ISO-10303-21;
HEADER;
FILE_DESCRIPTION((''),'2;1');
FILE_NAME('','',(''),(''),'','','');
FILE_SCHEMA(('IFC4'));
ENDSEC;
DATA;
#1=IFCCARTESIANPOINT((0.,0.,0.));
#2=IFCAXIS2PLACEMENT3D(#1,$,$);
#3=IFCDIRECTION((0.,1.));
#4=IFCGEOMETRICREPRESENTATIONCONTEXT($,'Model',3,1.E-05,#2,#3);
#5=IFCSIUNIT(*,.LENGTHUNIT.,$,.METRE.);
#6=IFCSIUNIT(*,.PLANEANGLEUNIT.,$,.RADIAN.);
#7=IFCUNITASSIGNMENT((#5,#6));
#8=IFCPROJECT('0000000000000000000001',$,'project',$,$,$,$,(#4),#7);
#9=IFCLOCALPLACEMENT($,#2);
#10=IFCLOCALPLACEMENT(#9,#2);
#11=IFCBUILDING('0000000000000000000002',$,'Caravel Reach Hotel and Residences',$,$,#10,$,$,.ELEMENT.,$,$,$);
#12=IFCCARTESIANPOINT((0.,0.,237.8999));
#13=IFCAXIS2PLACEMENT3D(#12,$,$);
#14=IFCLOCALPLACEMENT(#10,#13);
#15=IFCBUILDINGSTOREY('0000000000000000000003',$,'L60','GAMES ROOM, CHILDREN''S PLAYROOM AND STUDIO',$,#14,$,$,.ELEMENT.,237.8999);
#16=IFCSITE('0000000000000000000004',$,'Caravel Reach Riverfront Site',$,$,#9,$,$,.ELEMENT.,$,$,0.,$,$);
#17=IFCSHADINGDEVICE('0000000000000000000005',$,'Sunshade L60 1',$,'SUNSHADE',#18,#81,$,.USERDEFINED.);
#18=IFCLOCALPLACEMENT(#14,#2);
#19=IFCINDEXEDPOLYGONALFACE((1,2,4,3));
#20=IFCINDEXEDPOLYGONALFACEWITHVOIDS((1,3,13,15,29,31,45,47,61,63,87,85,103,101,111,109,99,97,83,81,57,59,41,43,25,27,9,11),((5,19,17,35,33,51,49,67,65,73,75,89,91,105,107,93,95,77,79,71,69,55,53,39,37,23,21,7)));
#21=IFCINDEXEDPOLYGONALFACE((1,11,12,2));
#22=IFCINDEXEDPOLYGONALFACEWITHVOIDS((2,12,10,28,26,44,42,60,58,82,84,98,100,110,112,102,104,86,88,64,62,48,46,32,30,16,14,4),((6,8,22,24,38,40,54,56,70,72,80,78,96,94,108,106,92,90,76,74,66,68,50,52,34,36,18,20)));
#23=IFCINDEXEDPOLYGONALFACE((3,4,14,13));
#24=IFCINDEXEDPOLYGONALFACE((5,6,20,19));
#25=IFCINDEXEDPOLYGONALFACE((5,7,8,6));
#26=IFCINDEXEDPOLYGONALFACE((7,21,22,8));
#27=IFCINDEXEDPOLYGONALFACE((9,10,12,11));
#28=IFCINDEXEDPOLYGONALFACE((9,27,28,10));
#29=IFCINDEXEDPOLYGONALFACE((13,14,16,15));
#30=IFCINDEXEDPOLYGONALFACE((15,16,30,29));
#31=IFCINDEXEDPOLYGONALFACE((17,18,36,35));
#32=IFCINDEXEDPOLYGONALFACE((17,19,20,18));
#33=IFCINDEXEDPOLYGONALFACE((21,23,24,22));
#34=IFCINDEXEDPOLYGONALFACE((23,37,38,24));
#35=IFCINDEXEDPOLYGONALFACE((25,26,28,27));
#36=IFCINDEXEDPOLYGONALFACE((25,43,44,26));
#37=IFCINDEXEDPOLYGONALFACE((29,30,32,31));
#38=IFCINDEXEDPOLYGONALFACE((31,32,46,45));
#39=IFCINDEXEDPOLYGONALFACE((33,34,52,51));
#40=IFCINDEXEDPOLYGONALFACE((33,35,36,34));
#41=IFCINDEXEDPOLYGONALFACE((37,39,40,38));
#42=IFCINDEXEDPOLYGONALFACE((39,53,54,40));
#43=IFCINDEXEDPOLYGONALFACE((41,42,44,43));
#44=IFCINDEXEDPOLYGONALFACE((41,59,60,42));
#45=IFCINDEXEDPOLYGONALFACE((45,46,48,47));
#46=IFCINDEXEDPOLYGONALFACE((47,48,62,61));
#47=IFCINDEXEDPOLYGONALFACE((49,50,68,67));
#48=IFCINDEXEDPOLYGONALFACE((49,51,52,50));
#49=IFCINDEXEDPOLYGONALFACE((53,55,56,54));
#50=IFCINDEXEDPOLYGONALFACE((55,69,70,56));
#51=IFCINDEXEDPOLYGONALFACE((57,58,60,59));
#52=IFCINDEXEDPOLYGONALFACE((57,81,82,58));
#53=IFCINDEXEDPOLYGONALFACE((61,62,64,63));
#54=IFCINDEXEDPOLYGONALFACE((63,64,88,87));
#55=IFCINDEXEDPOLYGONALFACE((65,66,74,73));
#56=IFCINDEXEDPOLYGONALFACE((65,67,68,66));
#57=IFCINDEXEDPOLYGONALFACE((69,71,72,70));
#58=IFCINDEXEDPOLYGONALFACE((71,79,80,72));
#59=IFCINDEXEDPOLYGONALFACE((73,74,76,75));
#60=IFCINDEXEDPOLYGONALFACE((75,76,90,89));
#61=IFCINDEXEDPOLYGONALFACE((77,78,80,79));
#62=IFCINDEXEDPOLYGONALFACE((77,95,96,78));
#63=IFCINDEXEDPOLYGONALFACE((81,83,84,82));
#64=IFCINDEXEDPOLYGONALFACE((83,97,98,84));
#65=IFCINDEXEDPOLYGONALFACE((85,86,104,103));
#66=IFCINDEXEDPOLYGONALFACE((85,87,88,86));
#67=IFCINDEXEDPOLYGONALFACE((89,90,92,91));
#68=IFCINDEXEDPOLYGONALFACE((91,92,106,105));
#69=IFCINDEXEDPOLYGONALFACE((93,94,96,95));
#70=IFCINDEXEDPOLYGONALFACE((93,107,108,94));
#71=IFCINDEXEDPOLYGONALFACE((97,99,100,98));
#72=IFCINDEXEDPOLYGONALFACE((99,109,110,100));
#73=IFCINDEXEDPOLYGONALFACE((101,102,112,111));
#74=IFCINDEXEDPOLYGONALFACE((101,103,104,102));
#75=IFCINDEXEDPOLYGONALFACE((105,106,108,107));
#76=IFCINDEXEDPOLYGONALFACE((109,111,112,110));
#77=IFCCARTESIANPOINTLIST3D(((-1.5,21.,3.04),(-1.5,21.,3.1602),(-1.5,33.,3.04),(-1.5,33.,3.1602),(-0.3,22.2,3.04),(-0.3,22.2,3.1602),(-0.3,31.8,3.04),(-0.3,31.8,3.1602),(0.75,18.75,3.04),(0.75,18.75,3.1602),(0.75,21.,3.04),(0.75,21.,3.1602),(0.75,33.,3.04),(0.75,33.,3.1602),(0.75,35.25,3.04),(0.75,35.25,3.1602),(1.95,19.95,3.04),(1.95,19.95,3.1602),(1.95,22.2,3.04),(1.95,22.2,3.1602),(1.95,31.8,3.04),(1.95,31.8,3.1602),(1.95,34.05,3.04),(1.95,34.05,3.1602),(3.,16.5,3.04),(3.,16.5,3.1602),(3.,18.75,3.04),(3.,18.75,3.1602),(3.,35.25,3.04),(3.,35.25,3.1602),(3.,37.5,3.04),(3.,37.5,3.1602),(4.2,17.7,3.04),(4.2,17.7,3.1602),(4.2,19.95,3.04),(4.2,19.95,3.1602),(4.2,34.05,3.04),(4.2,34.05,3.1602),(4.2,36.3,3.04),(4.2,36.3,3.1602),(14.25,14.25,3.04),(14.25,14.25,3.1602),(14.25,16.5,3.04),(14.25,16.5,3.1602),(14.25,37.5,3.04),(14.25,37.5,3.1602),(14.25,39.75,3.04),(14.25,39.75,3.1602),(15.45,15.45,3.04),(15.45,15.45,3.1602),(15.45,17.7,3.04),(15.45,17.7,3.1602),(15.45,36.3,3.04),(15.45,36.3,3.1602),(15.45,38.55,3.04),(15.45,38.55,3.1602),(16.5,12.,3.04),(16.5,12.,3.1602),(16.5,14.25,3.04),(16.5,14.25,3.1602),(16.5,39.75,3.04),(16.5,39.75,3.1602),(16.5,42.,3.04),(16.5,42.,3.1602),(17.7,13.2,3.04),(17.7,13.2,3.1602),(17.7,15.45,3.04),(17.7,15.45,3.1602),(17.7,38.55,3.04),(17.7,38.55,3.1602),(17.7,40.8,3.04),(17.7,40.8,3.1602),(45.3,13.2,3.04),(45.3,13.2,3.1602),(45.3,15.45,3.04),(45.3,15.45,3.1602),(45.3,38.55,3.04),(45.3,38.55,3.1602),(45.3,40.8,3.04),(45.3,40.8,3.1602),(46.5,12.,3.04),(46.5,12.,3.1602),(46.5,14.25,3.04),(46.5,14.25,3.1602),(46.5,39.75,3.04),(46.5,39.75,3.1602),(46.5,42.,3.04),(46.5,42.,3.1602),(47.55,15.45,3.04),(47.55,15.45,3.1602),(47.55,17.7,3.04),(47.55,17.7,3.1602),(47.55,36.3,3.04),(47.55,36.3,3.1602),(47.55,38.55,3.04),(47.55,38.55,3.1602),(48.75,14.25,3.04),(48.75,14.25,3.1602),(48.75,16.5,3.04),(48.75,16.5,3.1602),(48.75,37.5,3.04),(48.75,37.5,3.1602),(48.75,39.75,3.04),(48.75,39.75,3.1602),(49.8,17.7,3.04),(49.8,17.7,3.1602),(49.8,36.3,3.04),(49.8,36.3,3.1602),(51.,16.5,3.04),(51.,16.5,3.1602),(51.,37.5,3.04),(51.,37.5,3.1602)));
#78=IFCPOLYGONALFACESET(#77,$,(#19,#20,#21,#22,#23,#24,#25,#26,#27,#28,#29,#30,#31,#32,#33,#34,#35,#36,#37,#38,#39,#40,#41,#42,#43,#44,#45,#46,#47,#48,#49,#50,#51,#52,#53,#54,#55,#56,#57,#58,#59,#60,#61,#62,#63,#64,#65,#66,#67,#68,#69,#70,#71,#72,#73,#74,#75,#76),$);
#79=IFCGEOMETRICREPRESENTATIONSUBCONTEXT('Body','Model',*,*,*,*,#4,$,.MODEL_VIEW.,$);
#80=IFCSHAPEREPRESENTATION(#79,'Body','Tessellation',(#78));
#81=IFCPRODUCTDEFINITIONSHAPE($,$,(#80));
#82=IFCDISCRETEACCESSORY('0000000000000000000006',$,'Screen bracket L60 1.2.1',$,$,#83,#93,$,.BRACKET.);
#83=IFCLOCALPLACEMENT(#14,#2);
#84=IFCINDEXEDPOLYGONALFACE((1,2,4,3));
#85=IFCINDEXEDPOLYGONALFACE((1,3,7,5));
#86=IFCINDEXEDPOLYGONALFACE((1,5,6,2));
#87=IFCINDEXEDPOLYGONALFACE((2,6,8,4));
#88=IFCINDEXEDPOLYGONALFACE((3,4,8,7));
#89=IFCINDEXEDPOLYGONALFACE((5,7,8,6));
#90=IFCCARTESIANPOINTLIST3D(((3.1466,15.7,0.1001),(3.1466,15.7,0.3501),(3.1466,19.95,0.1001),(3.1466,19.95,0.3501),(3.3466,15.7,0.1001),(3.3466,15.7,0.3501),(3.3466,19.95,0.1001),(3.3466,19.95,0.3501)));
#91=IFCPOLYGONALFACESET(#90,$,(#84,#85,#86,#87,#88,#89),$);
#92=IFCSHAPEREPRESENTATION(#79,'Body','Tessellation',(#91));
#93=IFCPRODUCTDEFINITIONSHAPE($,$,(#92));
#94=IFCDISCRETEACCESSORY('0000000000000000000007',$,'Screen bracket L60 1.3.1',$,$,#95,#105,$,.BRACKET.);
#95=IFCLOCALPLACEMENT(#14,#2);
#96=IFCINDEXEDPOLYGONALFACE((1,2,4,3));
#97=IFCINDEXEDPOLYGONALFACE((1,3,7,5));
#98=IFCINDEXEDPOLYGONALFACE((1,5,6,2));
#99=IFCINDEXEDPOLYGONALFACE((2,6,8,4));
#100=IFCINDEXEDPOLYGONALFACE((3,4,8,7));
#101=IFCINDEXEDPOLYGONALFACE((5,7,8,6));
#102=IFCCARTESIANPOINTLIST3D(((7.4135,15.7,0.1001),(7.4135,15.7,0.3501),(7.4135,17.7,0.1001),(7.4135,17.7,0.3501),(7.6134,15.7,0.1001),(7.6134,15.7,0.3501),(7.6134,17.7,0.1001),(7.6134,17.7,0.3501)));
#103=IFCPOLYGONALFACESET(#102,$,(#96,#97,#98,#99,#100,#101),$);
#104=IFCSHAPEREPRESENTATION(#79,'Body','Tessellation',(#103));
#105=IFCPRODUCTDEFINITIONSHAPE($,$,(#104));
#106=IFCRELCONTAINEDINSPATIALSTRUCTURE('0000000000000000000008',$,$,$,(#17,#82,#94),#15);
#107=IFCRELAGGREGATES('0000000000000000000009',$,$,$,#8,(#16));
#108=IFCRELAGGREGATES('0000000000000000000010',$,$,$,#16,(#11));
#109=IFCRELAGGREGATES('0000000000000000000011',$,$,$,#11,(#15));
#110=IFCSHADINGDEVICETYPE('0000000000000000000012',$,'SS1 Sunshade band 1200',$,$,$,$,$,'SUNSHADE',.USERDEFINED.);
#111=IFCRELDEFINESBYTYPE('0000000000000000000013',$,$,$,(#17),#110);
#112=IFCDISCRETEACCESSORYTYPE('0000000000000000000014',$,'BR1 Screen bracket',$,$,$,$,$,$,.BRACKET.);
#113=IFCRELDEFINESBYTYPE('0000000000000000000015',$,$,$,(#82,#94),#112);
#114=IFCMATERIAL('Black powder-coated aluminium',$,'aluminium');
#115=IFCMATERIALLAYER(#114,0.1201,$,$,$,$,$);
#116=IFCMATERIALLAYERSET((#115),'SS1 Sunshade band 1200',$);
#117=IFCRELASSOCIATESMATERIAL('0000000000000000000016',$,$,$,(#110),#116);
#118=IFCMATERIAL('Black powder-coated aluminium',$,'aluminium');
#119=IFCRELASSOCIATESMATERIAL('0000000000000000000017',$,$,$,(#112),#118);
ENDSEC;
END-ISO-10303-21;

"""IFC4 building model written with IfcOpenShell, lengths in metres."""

from ifc_helpers import new_model, si_unit, direction, frame, origin, origin_2d, place, context, subcontext, project, spatial, polyline, rectangle, outline, extrude, material, layer, layer_set, type_object, element, save


model = new_model("IFC4")

# Units and contexts
model_context = context("Model", 3, precision=1e-05, world=origin(), true_north=direction((0.0, 1.0)))
body_context = subcontext(model_context, "Body", "Model", "MODEL_VIEW")
ifc_project = project(units=[si_unit("LENGTHUNIT", "METRE"), si_unit("PLANEANGLEUNIT", "RADIAN")], contexts=[model_context])

# Site, building, storey
site_placement = place(None, origin())
site = spatial("IfcSite", under=ifc_project, at=site_placement, Name="Caravel Reach Riverfront Site", CompositionType="ELEMENT", RefElevation=0.0)
building_placement = place(site_placement, origin())
building = spatial("IfcBuilding", under=site, at=building_placement, Name="Caravel Reach Hotel and Residences", CompositionType="ELEMENT")
storey_placement = place(building_placement, frame((0.0, 0.0, 237.8999)))
storey = spatial("IfcBuildingStorey", under=building, at=storey_placement, Name="L60", Description="GAMES ROOM, CHILDREN'S PLAYROOM AND STUDIO", CompositionType="ELEMENT", Elevation=237.8999)

# Shading device
ifc_material_1 = material(Name="Black powder-coated aluminium", Category="aluminium")
ifc_layer_1 = layer(ifc_material_1, 0.1201)
ifc_layer_set_1 = layer_set([ifc_layer_1], Name="SS1 Sunshade band 1200")
shading_device_type_1 = type_object("IfcShadingDeviceType", Name="SS1 Sunshade band 1200", ElementType="SUNSHADE", PredefinedType="USERDEFINED", material=ifc_layer_set_1)
shading_device_placement = place(storey_placement, frame((0.0, 0.0, 3.04)))
element("IfcShadingDevice", 1, at=shading_device_placement, inside=storey, type_object=shading_device_type_1, Name="Sunshade L60 1", ObjectType="SUNSHADE", PredefinedType="USERDEFINED", context=body_context, shape_type="SweptSolid", body=[
    extrude(outline(polyline([(3.0, 16.5), (14.25, 16.5), (14.25, 14.25), (16.5, 14.25), (16.5, 12.0), (46.5, 12.0), (46.5, 14.25), (48.75, 14.25), (48.75, 16.5), (51.0, 16.5), (51.0, 37.5), (48.75, 37.5), (48.75, 39.75), (46.5, 39.75), (46.5, 42.0), (16.5, 42.0), (16.5, 39.75), (14.25, 39.75), (14.25, 37.5), (3.0, 37.5), (3.0, 35.25), (0.75, 35.25), (0.75, 33.0), (-1.5, 33.0), (-1.5, 21.0), (0.75, 21.0), (0.75, 18.75), (3.0, 18.75), (3.0, 16.5)]), holes=[polyline([(15.45, 15.45), (15.45, 17.7), (4.2, 17.7), (4.2, 19.95), (1.95, 19.95), (1.95, 22.2), (-0.3, 22.2), (-0.3, 31.8), (1.95, 31.8), (1.95, 34.05), (4.2, 34.05), (4.2, 36.3), (15.45, 36.3), (15.45, 38.55), (17.7, 38.55), (17.7, 40.8), (45.3, 40.8), (45.3, 38.55), (47.55, 38.55), (47.55, 36.3), (49.8, 36.3), (49.8, 17.7), (47.55, 17.7), (47.55, 15.45), (45.3, 15.45), (45.3, 13.2), (17.7, 13.2), (17.7, 15.45), (15.45, 15.45)])]), origin(), (0.0, 0.0, 1.0), 0.1201),
])

# Discrete accessories
ifc_material_2 = material(Name="Black powder-coated aluminium", Category="aluminium")
discrete_accessory_type = type_object("IfcDiscreteAccessoryType", Name="BR1 Screen bracket", PredefinedType="BRACKET", material=ifc_material_2)
discrete_accessory_1_placement = place(storey_placement, frame((3.2466, 17.825, 0.1001), z_axis=(0.0, 0.0, 1.0), x_axis=(0.0, -1.0, 0.0)))
element("IfcDiscreteAccessory", 2, at=discrete_accessory_1_placement, inside=storey, type_object=discrete_accessory_type, Name="Screen bracket L60 1.2.1", PredefinedType="BRACKET", context=body_context, shape_type="SweptSolid", body=[
    extrude(rectangle(XDim=4.25, YDim=0.2, at=origin_2d()), origin(), (0.0, 0.0, 1.0), 0.25),
])
discrete_accessory_2_placement = place(storey_placement, frame((7.5134, 16.7, 0.1001), z_axis=(0.0, 0.0, 1.0), x_axis=(0.0, -1.0, 0.0)))
element("IfcDiscreteAccessory", 3, at=discrete_accessory_2_placement, inside=storey, type_object=discrete_accessory_type, Name="Screen bracket L60 1.3.1", PredefinedType="BRACKET", context=body_context, shape_type="SweptSolid", body=[
    extrude(rectangle(XDim=2.0, YDim=0.2, at=origin_2d()), origin(), (0.0, 0.0, 1.0), 0.25),
])

save(model, "model.ifc")
